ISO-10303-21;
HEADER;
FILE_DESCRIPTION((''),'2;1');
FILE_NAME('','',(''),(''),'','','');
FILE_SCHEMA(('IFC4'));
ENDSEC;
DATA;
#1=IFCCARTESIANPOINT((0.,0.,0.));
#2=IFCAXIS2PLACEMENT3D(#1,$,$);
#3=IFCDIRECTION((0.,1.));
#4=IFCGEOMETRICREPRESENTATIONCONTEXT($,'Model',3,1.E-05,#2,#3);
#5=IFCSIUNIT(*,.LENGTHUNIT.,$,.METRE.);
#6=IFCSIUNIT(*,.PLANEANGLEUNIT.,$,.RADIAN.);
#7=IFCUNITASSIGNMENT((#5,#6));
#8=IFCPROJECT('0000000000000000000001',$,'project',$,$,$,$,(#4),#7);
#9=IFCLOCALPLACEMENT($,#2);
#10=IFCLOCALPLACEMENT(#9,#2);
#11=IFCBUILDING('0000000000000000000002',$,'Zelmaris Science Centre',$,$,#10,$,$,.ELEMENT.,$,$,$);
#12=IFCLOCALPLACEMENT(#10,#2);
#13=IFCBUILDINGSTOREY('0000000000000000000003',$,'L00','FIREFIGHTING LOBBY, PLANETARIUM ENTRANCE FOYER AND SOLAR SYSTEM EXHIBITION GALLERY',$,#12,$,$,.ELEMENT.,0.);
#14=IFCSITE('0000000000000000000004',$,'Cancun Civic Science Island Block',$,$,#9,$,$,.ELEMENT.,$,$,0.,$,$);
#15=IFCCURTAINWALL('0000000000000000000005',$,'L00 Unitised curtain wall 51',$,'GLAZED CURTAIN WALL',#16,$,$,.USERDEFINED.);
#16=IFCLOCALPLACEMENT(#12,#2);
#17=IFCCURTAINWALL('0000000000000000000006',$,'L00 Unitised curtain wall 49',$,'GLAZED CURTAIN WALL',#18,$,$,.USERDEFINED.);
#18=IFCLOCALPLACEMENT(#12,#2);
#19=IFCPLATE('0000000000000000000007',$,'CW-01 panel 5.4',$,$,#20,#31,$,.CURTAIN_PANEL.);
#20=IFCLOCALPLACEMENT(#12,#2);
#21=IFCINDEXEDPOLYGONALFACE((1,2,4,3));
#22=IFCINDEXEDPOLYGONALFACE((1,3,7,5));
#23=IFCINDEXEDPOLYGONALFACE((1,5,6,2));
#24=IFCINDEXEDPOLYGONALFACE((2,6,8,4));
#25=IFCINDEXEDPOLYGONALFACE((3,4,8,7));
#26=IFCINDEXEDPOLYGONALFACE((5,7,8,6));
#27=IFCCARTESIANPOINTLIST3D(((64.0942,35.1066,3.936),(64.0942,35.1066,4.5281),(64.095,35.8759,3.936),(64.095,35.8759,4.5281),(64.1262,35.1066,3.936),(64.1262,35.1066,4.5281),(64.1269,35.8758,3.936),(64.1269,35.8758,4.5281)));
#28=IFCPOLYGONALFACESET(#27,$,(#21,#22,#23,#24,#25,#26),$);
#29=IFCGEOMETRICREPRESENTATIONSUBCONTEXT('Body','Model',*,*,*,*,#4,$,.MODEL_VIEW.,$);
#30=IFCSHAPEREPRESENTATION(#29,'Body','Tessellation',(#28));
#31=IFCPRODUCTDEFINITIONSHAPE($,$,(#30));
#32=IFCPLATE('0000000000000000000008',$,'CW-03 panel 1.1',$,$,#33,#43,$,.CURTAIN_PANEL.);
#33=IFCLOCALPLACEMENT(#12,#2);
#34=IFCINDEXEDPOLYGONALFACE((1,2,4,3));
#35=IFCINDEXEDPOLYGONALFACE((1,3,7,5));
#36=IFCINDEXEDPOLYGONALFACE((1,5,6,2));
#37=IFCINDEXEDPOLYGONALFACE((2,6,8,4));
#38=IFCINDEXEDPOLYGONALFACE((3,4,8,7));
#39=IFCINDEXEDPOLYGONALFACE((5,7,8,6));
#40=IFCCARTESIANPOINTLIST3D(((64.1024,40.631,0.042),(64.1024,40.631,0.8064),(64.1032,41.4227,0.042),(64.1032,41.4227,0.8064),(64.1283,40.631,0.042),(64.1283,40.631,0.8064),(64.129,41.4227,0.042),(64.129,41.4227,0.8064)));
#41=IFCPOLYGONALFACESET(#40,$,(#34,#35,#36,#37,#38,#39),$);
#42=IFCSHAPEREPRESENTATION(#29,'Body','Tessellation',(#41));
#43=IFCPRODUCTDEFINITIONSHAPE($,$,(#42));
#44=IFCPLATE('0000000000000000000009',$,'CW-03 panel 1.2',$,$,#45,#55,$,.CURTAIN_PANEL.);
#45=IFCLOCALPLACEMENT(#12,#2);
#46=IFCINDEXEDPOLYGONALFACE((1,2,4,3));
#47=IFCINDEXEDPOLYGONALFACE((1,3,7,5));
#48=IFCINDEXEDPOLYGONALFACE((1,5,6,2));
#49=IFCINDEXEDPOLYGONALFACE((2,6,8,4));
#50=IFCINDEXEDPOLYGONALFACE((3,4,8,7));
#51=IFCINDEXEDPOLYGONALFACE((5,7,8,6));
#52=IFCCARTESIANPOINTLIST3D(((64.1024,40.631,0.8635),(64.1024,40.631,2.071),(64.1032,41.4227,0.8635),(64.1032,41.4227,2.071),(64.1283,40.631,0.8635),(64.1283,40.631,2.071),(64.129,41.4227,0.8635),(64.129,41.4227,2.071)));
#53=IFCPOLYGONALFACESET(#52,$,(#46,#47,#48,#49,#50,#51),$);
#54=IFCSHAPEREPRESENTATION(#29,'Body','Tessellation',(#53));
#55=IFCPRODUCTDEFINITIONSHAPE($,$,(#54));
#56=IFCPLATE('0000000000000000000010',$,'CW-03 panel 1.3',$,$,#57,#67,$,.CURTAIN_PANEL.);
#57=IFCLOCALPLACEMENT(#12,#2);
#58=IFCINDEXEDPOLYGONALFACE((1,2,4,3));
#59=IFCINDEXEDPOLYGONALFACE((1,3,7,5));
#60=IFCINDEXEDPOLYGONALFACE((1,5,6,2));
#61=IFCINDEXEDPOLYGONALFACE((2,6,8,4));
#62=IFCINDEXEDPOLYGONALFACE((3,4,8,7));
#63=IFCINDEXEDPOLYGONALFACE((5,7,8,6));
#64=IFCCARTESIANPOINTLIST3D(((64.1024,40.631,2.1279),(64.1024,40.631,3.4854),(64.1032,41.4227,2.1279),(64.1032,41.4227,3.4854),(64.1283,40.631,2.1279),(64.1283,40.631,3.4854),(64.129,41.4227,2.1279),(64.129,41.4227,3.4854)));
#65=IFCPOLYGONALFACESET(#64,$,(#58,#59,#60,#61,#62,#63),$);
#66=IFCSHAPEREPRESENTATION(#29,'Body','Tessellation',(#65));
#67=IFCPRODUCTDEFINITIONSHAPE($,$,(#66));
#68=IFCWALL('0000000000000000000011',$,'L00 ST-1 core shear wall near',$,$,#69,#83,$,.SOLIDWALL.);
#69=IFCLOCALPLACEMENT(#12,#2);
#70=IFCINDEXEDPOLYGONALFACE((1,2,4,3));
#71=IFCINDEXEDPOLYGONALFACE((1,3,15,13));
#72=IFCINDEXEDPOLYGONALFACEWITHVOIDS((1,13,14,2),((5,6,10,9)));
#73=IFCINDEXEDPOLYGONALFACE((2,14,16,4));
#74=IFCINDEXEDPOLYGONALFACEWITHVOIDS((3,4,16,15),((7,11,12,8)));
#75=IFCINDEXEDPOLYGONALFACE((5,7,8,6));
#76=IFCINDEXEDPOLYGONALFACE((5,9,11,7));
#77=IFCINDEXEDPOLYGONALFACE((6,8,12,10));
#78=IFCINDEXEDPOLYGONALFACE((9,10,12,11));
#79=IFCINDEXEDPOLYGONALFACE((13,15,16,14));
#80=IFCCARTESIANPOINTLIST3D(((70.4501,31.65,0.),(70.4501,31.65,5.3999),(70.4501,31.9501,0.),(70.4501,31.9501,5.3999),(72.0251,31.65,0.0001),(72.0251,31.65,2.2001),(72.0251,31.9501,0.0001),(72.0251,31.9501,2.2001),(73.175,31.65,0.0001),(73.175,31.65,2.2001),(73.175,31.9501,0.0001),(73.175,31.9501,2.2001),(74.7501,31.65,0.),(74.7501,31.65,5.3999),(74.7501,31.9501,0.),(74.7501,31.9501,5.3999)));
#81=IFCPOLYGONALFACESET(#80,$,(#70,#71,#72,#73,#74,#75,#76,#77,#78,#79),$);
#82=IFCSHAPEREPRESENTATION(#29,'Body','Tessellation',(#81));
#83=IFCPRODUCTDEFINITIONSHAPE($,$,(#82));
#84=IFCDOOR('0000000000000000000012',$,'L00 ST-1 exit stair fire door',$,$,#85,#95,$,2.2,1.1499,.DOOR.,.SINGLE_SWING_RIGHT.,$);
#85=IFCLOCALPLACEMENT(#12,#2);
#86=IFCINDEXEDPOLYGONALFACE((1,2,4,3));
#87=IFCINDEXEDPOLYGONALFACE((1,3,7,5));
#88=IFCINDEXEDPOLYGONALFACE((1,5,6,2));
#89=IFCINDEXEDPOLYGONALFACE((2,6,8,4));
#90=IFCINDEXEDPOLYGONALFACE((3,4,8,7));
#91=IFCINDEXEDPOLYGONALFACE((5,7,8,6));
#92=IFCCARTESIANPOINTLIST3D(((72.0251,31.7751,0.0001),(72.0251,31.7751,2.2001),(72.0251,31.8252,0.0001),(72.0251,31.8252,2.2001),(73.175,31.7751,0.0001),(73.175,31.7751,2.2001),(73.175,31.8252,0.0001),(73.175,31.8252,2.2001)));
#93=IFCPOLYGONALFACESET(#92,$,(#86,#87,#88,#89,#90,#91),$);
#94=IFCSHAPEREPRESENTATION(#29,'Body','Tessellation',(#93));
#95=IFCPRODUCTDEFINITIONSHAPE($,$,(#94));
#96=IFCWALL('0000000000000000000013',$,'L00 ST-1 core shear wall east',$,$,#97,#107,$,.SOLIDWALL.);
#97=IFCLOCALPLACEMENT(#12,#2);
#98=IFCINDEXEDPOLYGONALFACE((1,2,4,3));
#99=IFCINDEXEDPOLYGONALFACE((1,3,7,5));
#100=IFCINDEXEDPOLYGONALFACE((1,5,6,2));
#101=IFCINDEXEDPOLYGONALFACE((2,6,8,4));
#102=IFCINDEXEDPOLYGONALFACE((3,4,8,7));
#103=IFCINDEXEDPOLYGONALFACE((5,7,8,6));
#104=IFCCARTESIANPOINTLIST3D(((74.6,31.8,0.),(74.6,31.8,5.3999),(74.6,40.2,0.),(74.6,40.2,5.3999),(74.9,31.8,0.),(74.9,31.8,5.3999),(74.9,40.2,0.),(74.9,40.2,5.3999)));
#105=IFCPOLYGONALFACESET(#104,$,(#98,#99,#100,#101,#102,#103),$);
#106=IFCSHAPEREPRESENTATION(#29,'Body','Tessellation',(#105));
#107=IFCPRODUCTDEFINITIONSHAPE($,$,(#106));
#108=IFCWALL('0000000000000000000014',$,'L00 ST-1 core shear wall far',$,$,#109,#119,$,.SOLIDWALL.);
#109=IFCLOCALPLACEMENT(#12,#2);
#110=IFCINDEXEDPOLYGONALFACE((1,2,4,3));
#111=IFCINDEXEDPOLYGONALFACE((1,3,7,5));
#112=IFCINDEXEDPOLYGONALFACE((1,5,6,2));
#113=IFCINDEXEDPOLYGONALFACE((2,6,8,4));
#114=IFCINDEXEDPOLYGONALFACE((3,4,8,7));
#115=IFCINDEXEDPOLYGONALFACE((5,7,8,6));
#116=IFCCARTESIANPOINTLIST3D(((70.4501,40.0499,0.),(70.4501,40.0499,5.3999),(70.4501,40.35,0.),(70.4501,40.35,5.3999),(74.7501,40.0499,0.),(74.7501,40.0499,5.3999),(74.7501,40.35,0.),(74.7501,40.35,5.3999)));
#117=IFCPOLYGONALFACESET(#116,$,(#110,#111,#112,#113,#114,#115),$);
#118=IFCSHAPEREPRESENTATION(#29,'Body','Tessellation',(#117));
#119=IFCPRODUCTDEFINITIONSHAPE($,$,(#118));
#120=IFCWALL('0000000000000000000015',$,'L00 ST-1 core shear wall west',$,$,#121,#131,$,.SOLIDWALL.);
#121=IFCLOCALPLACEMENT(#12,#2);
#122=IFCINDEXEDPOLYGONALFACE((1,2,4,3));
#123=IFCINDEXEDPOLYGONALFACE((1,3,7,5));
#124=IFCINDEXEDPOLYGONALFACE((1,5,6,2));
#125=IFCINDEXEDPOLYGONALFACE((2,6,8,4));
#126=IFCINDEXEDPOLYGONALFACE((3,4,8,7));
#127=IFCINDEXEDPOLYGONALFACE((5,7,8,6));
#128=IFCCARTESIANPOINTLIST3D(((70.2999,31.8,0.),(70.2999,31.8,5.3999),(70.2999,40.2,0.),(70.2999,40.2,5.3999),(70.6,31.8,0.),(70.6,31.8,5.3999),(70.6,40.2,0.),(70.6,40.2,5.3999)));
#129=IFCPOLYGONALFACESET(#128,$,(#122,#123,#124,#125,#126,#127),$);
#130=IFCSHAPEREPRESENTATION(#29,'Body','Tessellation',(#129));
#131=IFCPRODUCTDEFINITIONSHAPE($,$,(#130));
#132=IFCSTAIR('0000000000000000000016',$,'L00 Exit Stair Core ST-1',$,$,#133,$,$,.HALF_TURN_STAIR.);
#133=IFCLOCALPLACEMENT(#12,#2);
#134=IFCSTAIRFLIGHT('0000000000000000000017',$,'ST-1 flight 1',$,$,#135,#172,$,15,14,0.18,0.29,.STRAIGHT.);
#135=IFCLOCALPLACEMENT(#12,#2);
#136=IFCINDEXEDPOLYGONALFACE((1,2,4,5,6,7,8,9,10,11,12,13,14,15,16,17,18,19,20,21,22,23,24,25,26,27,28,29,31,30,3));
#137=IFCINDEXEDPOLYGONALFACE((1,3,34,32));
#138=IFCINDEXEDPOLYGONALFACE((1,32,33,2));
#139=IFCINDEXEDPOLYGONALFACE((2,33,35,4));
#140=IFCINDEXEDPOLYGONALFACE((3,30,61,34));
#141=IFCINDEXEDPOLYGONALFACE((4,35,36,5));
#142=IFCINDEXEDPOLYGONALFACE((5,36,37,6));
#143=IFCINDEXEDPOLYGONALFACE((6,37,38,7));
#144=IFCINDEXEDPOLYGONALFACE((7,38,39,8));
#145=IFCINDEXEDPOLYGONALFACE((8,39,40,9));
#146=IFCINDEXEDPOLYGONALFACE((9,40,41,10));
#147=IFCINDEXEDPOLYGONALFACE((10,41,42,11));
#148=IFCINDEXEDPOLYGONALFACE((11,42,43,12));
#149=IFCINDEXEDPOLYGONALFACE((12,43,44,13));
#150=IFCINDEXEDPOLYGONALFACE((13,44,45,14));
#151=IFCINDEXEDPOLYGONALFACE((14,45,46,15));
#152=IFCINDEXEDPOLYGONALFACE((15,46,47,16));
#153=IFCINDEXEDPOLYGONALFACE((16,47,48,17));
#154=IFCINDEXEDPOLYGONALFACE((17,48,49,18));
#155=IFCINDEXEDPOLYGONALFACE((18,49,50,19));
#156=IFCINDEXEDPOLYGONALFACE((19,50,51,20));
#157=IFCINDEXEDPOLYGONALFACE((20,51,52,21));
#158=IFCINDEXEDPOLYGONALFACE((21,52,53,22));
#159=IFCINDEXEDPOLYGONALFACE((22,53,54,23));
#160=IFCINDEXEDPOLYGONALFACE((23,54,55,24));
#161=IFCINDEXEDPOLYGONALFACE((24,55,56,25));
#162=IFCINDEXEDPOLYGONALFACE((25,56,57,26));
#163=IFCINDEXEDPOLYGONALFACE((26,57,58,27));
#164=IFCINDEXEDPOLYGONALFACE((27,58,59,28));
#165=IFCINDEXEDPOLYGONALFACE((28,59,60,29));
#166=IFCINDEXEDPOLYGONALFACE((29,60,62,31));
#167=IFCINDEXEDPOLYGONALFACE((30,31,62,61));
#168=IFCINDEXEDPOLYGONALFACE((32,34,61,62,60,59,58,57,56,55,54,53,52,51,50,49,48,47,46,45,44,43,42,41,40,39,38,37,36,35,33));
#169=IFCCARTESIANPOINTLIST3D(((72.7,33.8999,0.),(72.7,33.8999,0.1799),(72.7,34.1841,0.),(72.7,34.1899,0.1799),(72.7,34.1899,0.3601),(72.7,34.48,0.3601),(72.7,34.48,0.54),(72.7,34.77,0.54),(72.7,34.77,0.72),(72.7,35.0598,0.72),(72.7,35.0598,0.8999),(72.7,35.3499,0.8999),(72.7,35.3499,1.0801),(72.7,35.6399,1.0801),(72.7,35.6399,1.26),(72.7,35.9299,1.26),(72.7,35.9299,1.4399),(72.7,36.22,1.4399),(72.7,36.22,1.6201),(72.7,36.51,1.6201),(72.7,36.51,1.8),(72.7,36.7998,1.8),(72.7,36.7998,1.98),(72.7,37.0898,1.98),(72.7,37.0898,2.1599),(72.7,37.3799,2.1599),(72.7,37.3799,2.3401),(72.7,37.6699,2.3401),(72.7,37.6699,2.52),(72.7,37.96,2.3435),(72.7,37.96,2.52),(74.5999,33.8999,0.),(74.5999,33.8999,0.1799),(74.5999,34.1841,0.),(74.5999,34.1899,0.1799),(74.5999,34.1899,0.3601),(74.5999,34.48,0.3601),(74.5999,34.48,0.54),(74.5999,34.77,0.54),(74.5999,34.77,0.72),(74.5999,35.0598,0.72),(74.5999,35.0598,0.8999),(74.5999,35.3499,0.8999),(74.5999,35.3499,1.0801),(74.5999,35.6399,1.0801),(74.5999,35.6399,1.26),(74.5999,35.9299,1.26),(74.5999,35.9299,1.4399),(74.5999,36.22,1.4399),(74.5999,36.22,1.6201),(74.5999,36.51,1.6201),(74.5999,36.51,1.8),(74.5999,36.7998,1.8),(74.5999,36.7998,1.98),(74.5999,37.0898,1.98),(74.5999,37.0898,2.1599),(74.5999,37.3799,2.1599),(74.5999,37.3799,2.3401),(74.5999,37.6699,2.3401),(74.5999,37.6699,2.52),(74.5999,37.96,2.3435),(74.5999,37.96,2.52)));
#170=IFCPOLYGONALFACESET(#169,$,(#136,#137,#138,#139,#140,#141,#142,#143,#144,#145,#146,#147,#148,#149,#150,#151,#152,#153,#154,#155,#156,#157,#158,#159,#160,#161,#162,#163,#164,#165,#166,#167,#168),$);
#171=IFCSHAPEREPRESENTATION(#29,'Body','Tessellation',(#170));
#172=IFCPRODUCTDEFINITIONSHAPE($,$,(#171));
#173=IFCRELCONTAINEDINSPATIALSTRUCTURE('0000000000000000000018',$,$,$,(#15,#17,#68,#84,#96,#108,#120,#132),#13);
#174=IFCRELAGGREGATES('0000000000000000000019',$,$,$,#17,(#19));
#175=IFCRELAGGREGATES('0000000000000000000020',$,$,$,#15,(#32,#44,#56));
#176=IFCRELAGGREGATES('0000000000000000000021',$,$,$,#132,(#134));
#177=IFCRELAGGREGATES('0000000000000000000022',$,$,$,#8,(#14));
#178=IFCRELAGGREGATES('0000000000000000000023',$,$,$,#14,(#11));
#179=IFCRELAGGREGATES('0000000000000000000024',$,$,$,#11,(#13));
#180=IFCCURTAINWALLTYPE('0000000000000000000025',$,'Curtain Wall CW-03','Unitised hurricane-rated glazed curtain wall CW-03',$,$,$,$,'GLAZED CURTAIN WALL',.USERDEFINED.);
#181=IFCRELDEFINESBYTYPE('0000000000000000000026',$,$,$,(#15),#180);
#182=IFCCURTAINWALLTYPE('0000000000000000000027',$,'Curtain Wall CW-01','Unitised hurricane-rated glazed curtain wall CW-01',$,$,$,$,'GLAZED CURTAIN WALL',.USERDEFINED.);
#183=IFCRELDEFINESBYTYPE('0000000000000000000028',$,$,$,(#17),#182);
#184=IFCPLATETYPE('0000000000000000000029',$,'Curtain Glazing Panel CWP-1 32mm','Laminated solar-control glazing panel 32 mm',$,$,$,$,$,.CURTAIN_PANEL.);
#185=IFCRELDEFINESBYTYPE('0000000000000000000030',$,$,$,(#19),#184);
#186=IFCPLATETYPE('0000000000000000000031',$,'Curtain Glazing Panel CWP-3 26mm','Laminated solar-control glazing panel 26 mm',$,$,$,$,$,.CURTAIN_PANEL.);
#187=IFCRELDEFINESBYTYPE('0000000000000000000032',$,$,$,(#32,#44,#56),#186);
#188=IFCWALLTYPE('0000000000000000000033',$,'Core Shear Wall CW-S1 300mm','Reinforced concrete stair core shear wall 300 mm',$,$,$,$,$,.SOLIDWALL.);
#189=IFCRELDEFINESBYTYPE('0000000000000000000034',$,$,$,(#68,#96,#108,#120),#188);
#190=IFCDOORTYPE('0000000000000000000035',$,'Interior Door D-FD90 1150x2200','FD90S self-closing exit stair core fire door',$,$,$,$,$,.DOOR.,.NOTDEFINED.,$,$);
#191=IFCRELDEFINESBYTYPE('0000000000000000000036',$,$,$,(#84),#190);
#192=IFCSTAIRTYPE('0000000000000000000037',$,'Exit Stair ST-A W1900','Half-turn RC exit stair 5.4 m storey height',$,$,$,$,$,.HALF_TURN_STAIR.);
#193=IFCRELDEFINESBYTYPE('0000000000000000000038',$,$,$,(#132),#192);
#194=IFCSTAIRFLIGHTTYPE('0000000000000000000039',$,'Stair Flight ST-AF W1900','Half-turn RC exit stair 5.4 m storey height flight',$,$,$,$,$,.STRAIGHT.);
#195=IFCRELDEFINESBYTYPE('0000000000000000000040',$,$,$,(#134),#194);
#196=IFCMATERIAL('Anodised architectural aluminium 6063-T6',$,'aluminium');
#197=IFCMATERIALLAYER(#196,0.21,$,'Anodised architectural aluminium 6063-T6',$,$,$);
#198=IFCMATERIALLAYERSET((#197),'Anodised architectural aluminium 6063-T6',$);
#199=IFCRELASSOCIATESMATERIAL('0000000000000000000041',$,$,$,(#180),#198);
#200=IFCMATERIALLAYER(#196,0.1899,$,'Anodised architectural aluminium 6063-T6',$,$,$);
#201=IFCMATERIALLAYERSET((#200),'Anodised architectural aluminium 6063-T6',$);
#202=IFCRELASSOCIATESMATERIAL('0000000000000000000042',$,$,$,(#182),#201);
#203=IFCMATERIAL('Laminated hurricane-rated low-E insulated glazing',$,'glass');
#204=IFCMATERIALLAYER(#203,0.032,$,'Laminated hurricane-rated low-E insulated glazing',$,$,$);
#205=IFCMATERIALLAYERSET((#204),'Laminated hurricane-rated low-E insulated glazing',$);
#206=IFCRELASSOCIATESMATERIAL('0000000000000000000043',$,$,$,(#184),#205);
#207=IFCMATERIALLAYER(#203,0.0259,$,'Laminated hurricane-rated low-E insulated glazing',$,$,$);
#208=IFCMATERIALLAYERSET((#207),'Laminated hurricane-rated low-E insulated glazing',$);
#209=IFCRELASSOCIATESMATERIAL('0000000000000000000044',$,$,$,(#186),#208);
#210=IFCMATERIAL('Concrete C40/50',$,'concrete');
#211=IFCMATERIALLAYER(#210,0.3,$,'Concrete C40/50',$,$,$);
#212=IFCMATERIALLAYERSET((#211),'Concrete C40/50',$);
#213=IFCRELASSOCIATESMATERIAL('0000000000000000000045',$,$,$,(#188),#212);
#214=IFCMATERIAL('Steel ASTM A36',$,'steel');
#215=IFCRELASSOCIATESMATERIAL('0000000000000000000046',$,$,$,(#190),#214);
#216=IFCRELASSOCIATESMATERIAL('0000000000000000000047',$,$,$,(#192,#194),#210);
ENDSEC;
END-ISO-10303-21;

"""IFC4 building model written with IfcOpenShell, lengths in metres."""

from ifc_helpers import new_model, si_unit, direction, frame, frame_2d, origin, origin_2d, place, context, subcontext, project, spatial, polyline, rectangle, outline, extrude, material, layer, layer_set, type_object, element, fill, aggregate, save


model = new_model("IFC4")

# Units and contexts
model_context = context("Model", 3, precision=1e-05, world=origin(), true_north=direction((0.0, 1.0)))
body_context = subcontext(model_context, "Body", "Model", "MODEL_VIEW")
ifc_project = project(units=[si_unit("LENGTHUNIT", "METRE"), si_unit("PLANEANGLEUNIT", "RADIAN")], contexts=[model_context])

# Site, building, storey
site_placement = place(None, origin())
site = spatial("IfcSite", under=ifc_project, at=site_placement, Name="Cancun Civic Science Island Block", CompositionType="ELEMENT", RefElevation=0.0)
building_placement = place(site_placement, origin())
building = spatial("IfcBuilding", under=site, at=building_placement, Name="Zelmaris Science Centre", CompositionType="ELEMENT")
storey_placement = place(building_placement, origin())
storey = spatial("IfcBuildingStorey", under=building, at=storey_placement, Name="L00", Description="FIREFIGHTING LOBBY, PLANETARIUM ENTRANCE FOYER AND SOLAR SYSTEM EXHIBITION GALLERY", CompositionType="ELEMENT", Elevation=0.0)

# Curtain walls
ifc_material_1 = material(Name="Anodised architectural aluminium 6063-T6", Category="aluminium")
ifc_layer_1 = layer(ifc_material_1, 0.21, Name="Anodised architectural aluminium 6063-T6")
ifc_layer_set_1 = layer_set([ifc_layer_1], Name="Anodised architectural aluminium 6063-T6")
curtain_wall_type_1 = type_object("IfcCurtainWallType", Name="Curtain Wall CW-03", Description="Unitised hurricane-rated glazed curtain wall CW-03", ElementType="GLAZED CURTAIN WALL", PredefinedType="USERDEFINED", material=ifc_layer_set_1)
curtain_wall_1_placement = place(storey_placement, origin())
curtain_wall_1 = element("IfcCurtainWall", 1, at=curtain_wall_1_placement, inside=storey, type_object=curtain_wall_type_1, Name="L00 Unitised curtain wall 51", ObjectType="GLAZED CURTAIN WALL", PredefinedType="USERDEFINED")
ifc_layer_2 = layer(ifc_material_1, 0.1899, Name="Anodised architectural aluminium 6063-T6")
ifc_layer_set_2 = layer_set([ifc_layer_2], Name="Anodised architectural aluminium 6063-T6")
curtain_wall_type_2 = type_object("IfcCurtainWallType", Name="Curtain Wall CW-01", Description="Unitised hurricane-rated glazed curtain wall CW-01", ElementType="GLAZED CURTAIN WALL", PredefinedType="USERDEFINED", material=ifc_layer_set_2)
curtain_wall_2_placement = place(storey_placement, origin())
curtain_wall_2 = element("IfcCurtainWall", 2, at=curtain_wall_2_placement, inside=storey, type_object=curtain_wall_type_2, Name="L00 Unitised curtain wall 49", ObjectType="GLAZED CURTAIN WALL", PredefinedType="USERDEFINED")

# Plates
ifc_material_2 = material(Name="Laminated hurricane-rated low-E insulated glazing", Category="glass")
ifc_layer_3 = layer(ifc_material_2, 0.032, Name="Laminated hurricane-rated low-E insulated glazing")
ifc_layer_set_3 = layer_set([ifc_layer_3], Name="Laminated hurricane-rated low-E insulated glazing")
plate_type_1 = type_object("IfcPlateType", Name="Curtain Glazing Panel CWP-1 32mm", Description="Laminated solar-control glazing panel 32 mm", PredefinedType="CURTAIN_PANEL", material=ifc_layer_set_3)
plate_1_placement = place(storey_placement, frame((64.1106, 35.4912, 3.936), z_axis=(0.0, 0.0, 1.0), x_axis=(0.000935, 1.0, 0.0)))
plate_1 = element("IfcPlate", 3, at=plate_1_placement, type_object=plate_type_1, Name="CW-01 panel 5.4", PredefinedType="CURTAIN_PANEL", context=body_context, shape_type="SweptSolid", body=[
    extrude(rectangle(XDim=0.7693, YDim=0.032, at=origin_2d()), origin(), (0.0, 0.0, 1.0), 0.592),
])
aggregate(curtain_wall_2, [plate_1])
ifc_layer_4 = layer(ifc_material_2, 0.0259, Name="Laminated hurricane-rated low-E insulated glazing")
ifc_layer_set_4 = layer_set([ifc_layer_4], Name="Laminated hurricane-rated low-E insulated glazing")
plate_type_2 = type_object("IfcPlateType", Name="Curtain Glazing Panel CWP-3 26mm", Description="Laminated solar-control glazing panel 26 mm", PredefinedType="CURTAIN_PANEL", material=ifc_layer_set_4)
plate_2_placement = place(storey_placement, frame((64.1157, 41.0269, 0.042), z_axis=(0.0, 0.0, 1.0), x_axis=(0.000958, 1.0, 0.0)))
plate_2 = element("IfcPlate", 4, at=plate_2_placement, type_object=plate_type_2, Name="CW-03 panel 1.1", PredefinedType="CURTAIN_PANEL", context=body_context, shape_type="SweptSolid", body=[
    extrude(rectangle(XDim=0.7917, YDim=0.0259, at=origin_2d()), origin(), (0.0, 0.0, 1.0), 0.7644),
])
plate_3_placement = place(storey_placement, frame((64.1157, 41.0269, 0.8635), z_axis=(0.0, 0.0, 1.0), x_axis=(0.000958, 1.0, 0.0)))
plate_3 = element("IfcPlate", 5, at=plate_3_placement, type_object=plate_type_2, Name="CW-03 panel 1.2", PredefinedType="CURTAIN_PANEL", context=body_context, shape_type="SweptSolid", body=[
    extrude(rectangle(XDim=0.7917, YDim=0.0259, at=origin_2d()), origin(), (0.0, 0.0, 1.0), 1.2075),
])
plate_4_placement = place(storey_placement, frame((64.1157, 41.0269, 2.1279), z_axis=(0.0, 0.0, 1.0), x_axis=(0.000958, 1.0, 0.0)))
plate_4 = element("IfcPlate", 6, at=plate_4_placement, type_object=plate_type_2, Name="CW-03 panel 1.3", PredefinedType="CURTAIN_PANEL", context=body_context, shape_type="SweptSolid", body=[
    extrude(rectangle(XDim=0.7917, YDim=0.0259, at=origin_2d()), origin(), (0.0, 0.0, 1.0), 1.3574),
])
aggregate(curtain_wall_1, [plate_2, plate_3, plate_4])

# Wall, opening, door
ifc_material_3 = material(Name="Concrete C40/50", Category="concrete")
ifc_layer_5 = layer(ifc_material_3, 0.3, Name="Concrete C40/50")
ifc_layer_set_5 = layer_set([ifc_layer_5], Name="Concrete C40/50")
wall_type = type_object("IfcWallType", Name="Core Shear Wall CW-S1 300mm", Description="Reinforced concrete stair core shear wall 300 mm", PredefinedType="SOLIDWALL", material=ifc_layer_set_5)
wall_1_placement = place(storey_placement, frame((74.75, 31.8, 0.0), z_axis=(0.0, 0.0, 1.0), x_axis=(-1.0, 0.0, 0.0)))
wall_1 = element("IfcWall", 7, at=wall_1_placement, inside=storey, type_object=wall_type, Name="L00 ST-1 core shear wall near", PredefinedType="SOLIDWALL", context=body_context, shape_type="SweptSolid", body=[
    extrude(rectangle(XDim=4.3, YDim=0.3, at=frame_2d((2.1499, 0.0))), origin(), (0.0, 0.0, 1.0), 5.3999),
])
opening_placement = place(wall_1_placement, frame((1.575, 0.0, 0.0)))
opening = element("IfcOpeningElement", 8, at=opening_placement, cuts=wall_1, PredefinedType="OPENING", context=body_context, shape_type="SweptSolid", body=[
    extrude(rectangle(XDim=1.1499, YDim=2.2, at=frame_2d((0.575, 1.1001))), frame((0.0, 0.1599, 0.0), z_axis=(0.0, -1.0, 0.0), x_axis=(1.0, 0.0, 0.0)), (0.0, 0.0, 1.0), 0.3201),
])
ifc_material_4 = material(Name="Steel ASTM A36", Category="steel")
door_type = type_object("IfcDoorType", Name="Interior Door D-FD90 1150x2200", Description="FD90S self-closing exit stair core fire door", OperationType="NOTDEFINED", PredefinedType="DOOR", material=ifc_material_4)
door_placement = place(opening_placement, origin())
door = element("IfcDoor", 9, at=door_placement, inside=storey, type_object=door_type, Name="L00 ST-1 exit stair fire door", OperationType="SINGLE_SWING_RIGHT", OverallHeight=2.2, OverallWidth=1.1499, PredefinedType="DOOR", context=body_context, shape_type="SweptSolid", body=[
    extrude(rectangle(XDim=1.1499, YDim=2.2, at=frame_2d((0.575, 1.1001))), frame((0.0, 0.0249, 0.0), z_axis=(0.0, -1.0, 0.0), x_axis=(1.0, 0.0, 0.0)), (0.0, 0.0, 1.0), 0.05),
])
fill(opening, door)

# Walls
wall_2_placement = place(storey_placement, frame((74.75, 31.8, 0.0), z_axis=(0.0, 0.0, 1.0), x_axis=(0.0, 1.0, 0.0)))
element("IfcWall", 10, at=wall_2_placement, inside=storey, type_object=wall_type, Name="L00 ST-1 core shear wall east", PredefinedType="SOLIDWALL", context=body_context, shape_type="SweptSolid", body=[
    extrude(rectangle(XDim=8.3999, YDim=0.3, at=frame_2d((4.2, 0.0))), origin(), (0.0, 0.0, 1.0), 5.3999),
])
wall_3_placement = place(storey_placement, frame((74.75, 40.2, 0.0), z_axis=(0.0, 0.0, 1.0), x_axis=(-1.0, 0.0, 0.0)))
element("IfcWall", 11, at=wall_3_placement, inside=storey, type_object=wall_type, Name="L00 ST-1 core shear wall far", PredefinedType="SOLIDWALL", context=body_context, shape_type="SweptSolid", body=[
    extrude(rectangle(XDim=4.3, YDim=0.3, at=frame_2d((2.1499, 0.0))), origin(), (0.0, 0.0, 1.0), 5.3999),
])
wall_4_placement = place(storey_placement, frame((70.45, 31.8, 0.0), z_axis=(0.0, 0.0, 1.0), x_axis=(0.0, 1.0, 0.0)))
element("IfcWall", 12, at=wall_4_placement, inside=storey, type_object=wall_type, Name="L00 ST-1 core shear wall west", PredefinedType="SOLIDWALL", context=body_context, shape_type="SweptSolid", body=[
    extrude(rectangle(XDim=8.3999, YDim=0.3, at=frame_2d((4.2, 0.0))), origin(), (0.0, 0.0, 1.0), 5.3999),
])

# Stair, stair flight
stair_type = type_object("IfcStairType", Name="Exit Stair ST-A W1900", Description="Half-turn RC exit stair 5.4 m storey height", PredefinedType="HALF_TURN_STAIR", material=ifc_material_3)
stair_placement = place(storey_placement, origin())
stair = element("IfcStair", 13, at=stair_placement, inside=storey, type_object=stair_type, Name="L00 Exit Stair Core ST-1", PredefinedType="HALF_TURN_STAIR")
stair_flight_type = type_object("IfcStairFlightType", Name="Stair Flight ST-AF W1900", Description="Half-turn RC exit stair 5.4 m storey height flight", PredefinedType="STRAIGHT", material=ifc_material_3)
stair_flight_1_placement = place(storey_placement, frame((73.6499, 33.8999, 0.0), z_axis=(0.0, 0.0, 1.0), x_axis=(0.0, 1.0, 0.0)))
stair_flight_1 = element("IfcStairFlight", 14, at=stair_flight_1_placement, type_object=stair_flight_type, Name="ST-1 flight 1", NumberOfRisers=15, NumberOfTreads=14, PredefinedType="STRAIGHT", RiserHeight=0.18, TreadLength=0.29, context=body_context, shape_type="SweptSolid", body=[
    extrude(outline(polyline([(0.0, 0.0), (0.0, 0.1799), (0.29, 0.1799), (0.29, 0.3601), (0.5801, 0.3601), (0.5801, 0.54), (0.8701, 0.54), (0.8701, 0.72), (1.1599, 0.72), (1.1599, 0.8999), (1.45, 0.8999), (1.45, 1.0801), (1.74, 1.0801), (1.74, 1.26), (2.03, 1.26), (2.03, 1.4399), (2.3201, 1.4399), (2.3201, 1.6201), (2.6101, 1.6201), (2.6101, 1.8), (2.8999, 1.8), (2.8999, 1.98), (3.1899, 1.98), (3.1899, 2.1599), (3.48, 2.1599), (3.48, 2.3401), (3.77, 2.3401), (3.77, 2.52), (4.0601, 2.52), (4.0601, 2.7), (4.0601, 2.3435), (0.2842, 0.0), (0.0, 0.0)])), frame((0.0, 0.95, 0.0), z_axis=(0.0, -1.0, 0.0), x_axis=(1.0, 0.0, 0.0)), (0.0, 0.0, 1.0), 1.8999),
])
aggregate(stair, [stair_flight_1])

save(model, "model.ifc")
